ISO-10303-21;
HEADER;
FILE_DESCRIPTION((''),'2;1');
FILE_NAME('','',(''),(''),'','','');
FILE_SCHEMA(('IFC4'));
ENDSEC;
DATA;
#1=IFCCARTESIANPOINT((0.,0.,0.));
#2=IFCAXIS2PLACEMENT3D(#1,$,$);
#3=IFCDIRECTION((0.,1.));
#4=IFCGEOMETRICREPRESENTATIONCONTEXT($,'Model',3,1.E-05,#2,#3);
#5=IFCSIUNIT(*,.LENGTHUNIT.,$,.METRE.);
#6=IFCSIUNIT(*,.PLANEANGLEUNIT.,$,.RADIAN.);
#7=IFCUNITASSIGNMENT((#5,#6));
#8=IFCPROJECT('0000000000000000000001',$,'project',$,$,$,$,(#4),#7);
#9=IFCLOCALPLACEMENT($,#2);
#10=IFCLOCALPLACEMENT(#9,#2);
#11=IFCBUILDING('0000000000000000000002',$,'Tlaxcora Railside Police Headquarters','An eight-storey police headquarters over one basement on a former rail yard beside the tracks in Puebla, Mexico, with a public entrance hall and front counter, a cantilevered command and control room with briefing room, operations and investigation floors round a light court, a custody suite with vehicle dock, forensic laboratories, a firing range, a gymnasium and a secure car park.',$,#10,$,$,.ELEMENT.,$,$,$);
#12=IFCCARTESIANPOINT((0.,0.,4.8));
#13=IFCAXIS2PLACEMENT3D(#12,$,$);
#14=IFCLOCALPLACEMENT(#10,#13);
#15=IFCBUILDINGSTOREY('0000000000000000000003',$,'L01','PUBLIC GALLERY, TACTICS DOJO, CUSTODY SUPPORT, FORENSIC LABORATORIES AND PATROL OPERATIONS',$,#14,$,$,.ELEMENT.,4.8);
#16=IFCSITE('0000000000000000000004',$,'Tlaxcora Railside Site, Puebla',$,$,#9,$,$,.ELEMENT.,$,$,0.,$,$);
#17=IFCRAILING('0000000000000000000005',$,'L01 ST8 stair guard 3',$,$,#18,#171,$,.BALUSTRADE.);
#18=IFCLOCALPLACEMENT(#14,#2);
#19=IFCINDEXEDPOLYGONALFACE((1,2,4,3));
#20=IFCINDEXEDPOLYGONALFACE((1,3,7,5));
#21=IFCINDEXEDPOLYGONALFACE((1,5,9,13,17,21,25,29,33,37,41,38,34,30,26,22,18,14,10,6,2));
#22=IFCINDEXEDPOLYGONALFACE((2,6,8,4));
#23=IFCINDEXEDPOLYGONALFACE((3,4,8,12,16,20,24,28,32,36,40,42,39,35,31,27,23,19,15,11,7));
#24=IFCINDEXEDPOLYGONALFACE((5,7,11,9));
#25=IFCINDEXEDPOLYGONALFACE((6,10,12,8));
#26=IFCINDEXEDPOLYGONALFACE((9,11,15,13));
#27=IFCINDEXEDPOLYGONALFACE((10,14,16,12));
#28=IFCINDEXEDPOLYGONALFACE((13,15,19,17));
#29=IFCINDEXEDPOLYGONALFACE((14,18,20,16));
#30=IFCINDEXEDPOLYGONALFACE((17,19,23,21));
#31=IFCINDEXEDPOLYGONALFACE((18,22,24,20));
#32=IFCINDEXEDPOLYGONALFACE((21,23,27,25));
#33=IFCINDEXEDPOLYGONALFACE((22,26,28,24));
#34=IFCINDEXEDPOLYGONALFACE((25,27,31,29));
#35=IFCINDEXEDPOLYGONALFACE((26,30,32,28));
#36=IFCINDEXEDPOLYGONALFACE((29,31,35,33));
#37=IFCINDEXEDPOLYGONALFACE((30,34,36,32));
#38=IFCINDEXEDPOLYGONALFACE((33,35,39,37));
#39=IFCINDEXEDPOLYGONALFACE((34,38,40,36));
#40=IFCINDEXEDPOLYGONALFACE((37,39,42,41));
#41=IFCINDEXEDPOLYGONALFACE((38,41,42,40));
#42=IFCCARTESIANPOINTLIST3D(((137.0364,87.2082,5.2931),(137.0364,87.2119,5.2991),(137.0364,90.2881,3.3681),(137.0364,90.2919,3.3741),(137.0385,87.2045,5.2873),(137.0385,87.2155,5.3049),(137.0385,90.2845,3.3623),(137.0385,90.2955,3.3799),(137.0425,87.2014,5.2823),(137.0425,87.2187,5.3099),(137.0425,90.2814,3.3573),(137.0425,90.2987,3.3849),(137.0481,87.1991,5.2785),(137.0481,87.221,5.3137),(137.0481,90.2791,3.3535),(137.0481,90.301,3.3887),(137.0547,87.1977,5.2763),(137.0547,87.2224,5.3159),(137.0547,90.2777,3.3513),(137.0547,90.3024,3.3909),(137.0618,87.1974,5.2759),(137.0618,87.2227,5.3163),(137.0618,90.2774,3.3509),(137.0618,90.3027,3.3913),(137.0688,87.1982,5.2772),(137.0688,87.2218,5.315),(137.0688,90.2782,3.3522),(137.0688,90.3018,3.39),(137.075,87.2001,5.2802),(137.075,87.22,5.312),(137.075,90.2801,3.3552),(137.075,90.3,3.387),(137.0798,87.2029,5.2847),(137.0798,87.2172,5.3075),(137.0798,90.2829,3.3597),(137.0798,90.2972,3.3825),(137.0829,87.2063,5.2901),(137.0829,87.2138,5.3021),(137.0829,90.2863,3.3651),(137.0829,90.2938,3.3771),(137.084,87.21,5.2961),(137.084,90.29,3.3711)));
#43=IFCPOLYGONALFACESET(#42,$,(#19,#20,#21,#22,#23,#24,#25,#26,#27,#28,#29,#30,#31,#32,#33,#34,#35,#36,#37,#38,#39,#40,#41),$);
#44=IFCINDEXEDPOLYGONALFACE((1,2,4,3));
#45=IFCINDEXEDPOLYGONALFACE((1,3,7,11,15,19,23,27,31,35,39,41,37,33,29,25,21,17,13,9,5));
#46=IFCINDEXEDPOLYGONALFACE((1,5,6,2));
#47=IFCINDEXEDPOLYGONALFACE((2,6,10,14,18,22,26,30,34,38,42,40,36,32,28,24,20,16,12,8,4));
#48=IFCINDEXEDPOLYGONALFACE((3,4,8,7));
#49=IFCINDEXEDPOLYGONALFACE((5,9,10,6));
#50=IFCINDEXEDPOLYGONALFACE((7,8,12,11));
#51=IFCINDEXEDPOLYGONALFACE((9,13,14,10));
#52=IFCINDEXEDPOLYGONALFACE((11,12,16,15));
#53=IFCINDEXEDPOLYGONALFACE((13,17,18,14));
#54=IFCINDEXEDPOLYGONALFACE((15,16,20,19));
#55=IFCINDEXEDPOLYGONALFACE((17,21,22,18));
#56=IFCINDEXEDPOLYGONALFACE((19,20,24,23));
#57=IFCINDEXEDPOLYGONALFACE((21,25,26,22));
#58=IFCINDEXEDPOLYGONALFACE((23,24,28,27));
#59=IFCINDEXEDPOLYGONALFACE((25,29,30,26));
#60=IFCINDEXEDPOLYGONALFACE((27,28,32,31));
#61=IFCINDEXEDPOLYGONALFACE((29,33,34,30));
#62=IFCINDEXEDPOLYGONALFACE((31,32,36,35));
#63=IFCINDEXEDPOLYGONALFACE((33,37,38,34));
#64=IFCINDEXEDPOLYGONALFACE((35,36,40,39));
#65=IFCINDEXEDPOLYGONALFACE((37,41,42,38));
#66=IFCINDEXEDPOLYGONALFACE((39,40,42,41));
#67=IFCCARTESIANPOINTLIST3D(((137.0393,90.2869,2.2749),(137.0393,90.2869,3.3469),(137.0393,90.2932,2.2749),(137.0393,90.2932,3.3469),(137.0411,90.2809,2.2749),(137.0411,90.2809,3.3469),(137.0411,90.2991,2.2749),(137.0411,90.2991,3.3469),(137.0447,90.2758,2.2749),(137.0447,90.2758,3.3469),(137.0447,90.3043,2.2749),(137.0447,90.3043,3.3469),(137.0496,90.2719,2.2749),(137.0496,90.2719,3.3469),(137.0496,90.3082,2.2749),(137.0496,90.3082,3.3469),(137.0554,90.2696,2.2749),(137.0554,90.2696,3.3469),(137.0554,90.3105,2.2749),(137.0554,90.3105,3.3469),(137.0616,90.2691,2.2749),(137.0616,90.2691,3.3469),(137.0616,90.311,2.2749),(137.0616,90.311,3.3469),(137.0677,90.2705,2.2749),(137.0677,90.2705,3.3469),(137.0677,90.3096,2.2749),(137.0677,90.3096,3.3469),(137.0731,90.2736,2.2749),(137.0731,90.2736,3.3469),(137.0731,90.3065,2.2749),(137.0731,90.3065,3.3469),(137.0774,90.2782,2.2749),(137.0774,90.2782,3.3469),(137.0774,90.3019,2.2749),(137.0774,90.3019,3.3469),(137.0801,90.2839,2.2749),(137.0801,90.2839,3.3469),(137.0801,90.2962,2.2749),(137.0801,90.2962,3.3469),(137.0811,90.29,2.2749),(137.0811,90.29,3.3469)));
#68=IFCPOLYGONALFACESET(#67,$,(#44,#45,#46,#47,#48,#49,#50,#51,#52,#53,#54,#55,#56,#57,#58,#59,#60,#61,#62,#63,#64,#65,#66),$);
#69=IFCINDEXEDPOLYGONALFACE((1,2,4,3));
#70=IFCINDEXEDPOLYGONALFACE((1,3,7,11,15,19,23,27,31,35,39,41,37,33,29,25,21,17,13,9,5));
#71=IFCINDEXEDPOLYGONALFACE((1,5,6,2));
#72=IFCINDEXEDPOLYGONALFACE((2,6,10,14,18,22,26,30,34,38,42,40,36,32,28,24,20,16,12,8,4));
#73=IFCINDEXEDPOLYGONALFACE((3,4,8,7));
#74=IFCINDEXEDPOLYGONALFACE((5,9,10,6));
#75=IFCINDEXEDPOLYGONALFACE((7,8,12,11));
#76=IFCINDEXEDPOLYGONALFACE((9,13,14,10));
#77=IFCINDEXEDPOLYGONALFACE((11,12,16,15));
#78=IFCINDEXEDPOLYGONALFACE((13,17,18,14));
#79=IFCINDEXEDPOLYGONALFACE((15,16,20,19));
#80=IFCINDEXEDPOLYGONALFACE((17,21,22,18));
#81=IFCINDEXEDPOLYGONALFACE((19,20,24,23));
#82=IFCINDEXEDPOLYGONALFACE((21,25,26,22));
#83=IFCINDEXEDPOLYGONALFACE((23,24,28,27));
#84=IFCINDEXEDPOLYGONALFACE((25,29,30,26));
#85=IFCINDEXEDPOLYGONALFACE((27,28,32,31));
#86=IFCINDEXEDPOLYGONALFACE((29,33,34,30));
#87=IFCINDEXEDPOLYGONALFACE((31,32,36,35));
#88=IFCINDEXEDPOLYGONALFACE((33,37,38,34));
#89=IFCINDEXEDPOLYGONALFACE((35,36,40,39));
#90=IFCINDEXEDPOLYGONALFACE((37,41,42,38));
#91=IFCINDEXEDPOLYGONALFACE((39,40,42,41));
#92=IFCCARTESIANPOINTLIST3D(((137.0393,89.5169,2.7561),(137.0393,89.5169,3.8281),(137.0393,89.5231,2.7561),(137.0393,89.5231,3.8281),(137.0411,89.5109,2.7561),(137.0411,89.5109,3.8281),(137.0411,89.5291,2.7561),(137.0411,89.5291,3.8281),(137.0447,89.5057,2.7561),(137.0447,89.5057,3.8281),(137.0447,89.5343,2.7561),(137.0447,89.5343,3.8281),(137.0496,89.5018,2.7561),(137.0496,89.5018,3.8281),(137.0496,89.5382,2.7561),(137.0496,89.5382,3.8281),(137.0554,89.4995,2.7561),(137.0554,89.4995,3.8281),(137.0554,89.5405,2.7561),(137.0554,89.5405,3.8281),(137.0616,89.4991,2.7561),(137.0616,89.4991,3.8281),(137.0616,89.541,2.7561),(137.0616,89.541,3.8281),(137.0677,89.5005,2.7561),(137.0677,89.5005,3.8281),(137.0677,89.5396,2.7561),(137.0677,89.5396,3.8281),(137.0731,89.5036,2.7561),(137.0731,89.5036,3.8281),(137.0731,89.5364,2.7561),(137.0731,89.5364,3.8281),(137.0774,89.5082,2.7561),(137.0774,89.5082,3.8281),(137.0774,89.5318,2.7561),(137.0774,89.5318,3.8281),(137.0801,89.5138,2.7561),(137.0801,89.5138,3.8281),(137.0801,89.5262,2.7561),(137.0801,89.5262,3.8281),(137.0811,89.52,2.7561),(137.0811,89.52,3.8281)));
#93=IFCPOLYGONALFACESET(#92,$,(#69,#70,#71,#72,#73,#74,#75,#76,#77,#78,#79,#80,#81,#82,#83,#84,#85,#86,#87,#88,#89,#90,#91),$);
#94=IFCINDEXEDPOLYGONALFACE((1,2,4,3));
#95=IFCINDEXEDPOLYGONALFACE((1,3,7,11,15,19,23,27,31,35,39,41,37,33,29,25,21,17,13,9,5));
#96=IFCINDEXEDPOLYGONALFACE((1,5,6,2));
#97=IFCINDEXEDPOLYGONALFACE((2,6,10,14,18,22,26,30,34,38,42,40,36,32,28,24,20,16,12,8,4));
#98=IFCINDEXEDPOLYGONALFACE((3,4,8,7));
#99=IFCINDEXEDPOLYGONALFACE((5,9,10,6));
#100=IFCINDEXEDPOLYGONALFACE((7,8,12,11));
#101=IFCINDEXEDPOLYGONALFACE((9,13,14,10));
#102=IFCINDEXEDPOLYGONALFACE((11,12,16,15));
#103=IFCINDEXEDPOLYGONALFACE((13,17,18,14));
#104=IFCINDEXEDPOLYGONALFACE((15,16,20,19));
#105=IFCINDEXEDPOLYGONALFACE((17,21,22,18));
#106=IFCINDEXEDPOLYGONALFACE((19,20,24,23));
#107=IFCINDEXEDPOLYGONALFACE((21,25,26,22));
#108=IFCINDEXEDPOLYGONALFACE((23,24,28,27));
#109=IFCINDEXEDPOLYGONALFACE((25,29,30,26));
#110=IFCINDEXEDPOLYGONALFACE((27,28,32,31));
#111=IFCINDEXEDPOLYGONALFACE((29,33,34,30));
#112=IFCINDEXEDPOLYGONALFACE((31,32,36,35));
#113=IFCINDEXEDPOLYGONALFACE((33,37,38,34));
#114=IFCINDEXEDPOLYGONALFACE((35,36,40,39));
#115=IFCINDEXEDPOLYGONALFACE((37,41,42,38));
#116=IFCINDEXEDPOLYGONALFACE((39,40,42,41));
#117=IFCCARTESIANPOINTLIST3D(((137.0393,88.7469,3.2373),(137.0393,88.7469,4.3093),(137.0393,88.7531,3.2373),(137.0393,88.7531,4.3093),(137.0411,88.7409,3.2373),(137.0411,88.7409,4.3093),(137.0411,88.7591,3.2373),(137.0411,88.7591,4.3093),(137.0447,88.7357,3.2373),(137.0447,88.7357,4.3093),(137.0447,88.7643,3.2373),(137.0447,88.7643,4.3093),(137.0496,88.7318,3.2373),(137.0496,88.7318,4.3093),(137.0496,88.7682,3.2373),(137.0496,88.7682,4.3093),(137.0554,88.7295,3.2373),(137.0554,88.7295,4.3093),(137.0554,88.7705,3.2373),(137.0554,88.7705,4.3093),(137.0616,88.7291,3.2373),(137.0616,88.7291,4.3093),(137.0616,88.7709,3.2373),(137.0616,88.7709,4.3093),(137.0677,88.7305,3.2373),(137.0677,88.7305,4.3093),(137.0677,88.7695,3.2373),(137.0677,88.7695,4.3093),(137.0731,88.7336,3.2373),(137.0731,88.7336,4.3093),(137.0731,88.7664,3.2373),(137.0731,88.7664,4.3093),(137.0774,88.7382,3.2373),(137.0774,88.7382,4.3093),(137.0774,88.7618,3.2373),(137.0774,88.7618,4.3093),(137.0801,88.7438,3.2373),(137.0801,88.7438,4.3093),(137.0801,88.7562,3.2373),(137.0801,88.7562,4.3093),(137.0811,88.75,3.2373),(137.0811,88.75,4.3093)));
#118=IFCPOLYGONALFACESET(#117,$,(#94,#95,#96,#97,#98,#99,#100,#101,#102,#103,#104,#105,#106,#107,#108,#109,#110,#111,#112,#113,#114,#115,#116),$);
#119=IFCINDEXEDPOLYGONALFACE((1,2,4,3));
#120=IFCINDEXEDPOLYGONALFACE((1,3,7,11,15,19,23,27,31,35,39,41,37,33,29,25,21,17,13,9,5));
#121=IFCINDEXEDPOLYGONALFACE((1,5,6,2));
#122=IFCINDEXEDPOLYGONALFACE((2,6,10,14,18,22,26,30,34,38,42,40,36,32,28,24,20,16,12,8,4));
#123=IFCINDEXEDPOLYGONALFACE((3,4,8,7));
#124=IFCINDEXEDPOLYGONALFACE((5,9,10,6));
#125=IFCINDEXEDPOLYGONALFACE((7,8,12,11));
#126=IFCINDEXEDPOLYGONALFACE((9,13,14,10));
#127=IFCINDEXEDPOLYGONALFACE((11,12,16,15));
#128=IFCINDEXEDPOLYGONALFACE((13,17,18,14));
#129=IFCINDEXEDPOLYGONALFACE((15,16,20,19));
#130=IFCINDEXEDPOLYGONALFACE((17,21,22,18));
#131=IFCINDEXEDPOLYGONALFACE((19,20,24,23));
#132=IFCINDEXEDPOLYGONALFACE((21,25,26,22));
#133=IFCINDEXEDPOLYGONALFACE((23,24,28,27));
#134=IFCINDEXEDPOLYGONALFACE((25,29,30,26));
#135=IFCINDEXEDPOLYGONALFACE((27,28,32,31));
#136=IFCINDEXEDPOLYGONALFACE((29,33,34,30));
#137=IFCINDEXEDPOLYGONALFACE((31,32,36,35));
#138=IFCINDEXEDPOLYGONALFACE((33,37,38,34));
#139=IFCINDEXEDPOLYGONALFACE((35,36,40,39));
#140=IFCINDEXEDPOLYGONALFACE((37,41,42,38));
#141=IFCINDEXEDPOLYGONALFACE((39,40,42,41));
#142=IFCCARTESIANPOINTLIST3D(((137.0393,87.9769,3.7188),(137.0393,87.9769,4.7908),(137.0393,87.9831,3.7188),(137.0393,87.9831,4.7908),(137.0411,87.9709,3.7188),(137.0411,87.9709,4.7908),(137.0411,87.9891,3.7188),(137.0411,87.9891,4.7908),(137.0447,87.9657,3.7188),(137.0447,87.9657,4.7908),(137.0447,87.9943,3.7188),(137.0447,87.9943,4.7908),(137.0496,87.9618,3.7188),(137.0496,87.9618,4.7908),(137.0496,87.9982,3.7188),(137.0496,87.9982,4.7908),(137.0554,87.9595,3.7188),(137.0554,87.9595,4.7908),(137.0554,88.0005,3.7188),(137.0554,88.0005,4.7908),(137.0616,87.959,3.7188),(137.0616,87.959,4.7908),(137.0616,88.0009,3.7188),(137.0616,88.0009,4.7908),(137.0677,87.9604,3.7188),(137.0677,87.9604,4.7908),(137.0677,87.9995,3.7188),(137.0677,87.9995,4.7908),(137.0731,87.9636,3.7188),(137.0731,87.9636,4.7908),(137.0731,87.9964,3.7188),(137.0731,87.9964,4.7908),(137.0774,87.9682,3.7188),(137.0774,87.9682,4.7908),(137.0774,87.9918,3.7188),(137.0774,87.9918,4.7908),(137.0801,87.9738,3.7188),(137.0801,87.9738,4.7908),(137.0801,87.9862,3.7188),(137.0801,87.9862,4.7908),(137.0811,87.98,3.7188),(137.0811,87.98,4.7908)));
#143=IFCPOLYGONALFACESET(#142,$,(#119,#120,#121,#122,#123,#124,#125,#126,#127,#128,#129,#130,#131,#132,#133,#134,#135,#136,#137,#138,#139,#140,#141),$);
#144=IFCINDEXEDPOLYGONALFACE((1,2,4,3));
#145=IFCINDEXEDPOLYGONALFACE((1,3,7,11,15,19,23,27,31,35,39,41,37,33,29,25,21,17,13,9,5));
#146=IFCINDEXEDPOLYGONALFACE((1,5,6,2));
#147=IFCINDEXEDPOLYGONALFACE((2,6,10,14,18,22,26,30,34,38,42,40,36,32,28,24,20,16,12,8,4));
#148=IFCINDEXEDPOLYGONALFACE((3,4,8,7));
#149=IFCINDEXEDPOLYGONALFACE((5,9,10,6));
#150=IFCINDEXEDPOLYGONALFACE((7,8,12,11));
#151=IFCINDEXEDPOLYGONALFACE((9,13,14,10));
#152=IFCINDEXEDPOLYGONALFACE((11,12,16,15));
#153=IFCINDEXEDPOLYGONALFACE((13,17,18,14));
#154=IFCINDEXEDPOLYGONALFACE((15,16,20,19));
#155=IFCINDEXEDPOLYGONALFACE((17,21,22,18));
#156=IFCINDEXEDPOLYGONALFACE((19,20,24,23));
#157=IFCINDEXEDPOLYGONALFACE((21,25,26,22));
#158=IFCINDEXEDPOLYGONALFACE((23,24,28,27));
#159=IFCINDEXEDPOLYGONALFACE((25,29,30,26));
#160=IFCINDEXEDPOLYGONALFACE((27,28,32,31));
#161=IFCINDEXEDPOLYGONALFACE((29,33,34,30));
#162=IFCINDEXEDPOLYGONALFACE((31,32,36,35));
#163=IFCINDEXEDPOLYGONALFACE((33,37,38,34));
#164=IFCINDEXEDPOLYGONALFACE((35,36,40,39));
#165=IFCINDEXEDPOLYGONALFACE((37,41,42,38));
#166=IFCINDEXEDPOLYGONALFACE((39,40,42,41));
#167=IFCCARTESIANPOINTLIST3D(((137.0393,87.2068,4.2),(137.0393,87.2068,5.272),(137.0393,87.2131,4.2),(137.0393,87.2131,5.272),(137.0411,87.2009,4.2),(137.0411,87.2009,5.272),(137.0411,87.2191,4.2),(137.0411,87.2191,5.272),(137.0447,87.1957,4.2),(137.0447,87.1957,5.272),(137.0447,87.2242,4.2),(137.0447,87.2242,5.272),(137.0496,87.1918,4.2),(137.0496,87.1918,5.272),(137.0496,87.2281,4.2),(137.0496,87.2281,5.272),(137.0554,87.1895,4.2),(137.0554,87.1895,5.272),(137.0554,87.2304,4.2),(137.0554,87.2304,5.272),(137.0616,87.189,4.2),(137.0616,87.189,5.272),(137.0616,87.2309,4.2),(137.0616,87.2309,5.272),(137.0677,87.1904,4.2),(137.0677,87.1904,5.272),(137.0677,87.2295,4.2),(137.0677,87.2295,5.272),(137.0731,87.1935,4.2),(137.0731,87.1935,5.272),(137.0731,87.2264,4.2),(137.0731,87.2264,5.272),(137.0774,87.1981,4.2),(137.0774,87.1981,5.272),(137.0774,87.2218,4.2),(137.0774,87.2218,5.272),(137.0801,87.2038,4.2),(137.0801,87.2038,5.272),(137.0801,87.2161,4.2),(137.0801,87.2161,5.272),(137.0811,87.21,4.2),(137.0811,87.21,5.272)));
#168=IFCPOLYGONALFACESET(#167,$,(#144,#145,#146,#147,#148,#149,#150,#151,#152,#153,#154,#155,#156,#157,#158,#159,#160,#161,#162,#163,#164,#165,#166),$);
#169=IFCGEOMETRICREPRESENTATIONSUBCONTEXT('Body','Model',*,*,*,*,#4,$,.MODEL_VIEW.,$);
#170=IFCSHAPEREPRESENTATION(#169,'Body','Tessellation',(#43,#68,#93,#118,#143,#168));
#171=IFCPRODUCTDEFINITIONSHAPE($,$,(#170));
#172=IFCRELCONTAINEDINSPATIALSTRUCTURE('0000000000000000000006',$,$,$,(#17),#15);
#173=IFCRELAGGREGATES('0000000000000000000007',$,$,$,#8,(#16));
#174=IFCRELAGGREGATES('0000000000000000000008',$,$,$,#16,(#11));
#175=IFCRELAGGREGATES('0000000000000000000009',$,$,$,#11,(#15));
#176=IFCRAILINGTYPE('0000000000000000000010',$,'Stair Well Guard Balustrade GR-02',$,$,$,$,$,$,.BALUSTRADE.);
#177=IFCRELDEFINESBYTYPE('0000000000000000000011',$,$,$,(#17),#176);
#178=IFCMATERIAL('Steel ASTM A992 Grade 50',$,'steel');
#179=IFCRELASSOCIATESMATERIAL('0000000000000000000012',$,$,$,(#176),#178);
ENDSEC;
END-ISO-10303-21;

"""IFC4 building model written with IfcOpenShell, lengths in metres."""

from ifc_helpers import new_model, si_unit, direction, frame, origin, origin_2d, place, context, subcontext, project, spatial, circle, extrude, material, type_object, element, save


model = new_model("IFC4")

# Units and contexts
model_context = context("Model", 3, precision=1e-05, world=origin(), true_north=direction((0.0, 1.0)))
body_context = subcontext(model_context, "Body", "Model", "MODEL_VIEW")
ifc_project = project(units=[si_unit("LENGTHUNIT", "METRE"), si_unit("PLANEANGLEUNIT", "RADIAN")], contexts=[model_context])

# Site, building, storey
site_placement = place(None, origin())
site = spatial("IfcSite", under=ifc_project, at=site_placement, Name="Tlaxcora Railside Site, Puebla", CompositionType="ELEMENT", RefElevation=0.0)
building_placement = place(site_placement, origin())
building = spatial("IfcBuilding", under=site, at=building_placement, Name="Tlaxcora Railside Police Headquarters", Description="An eight-storey police headquarters over one basement on a former rail yard beside the tracks in Puebla, Mexico, with a public entrance hall and front counter, a cantilevered command and control room with briefing room, operations and investigation floors round a light court, a custody suite with vehicle dock, forensic laboratories, a firing range, a gymnasium and a secure car park.", CompositionType="ELEMENT")
storey_placement = place(building_placement, frame((0.0, 0.0, 4.8)))
storey = spatial("IfcBuildingStorey", under=building, at=storey_placement, Name="L01", Description="PUBLIC GALLERY, TACTICS DOJO, CUSTODY SUPPORT, FORENSIC LABORATORIES AND PATROL OPERATIONS", CompositionType="ELEMENT", Elevation=4.8)

# Shared definitions
ifc_material_1 = material(Name="Steel ASTM A992 Grade 50", Category="steel")

# Railing
railing_type_1 = type_object("IfcRailingType", Name="Stair Well Guard Balustrade GR-02", PredefinedType="BALUSTRADE", material=ifc_material_1)
railing_1_placement = place(storey_placement, frame((137.0601, 90.29, 2.2749)))
element("IfcRailing", 1, at=railing_1_placement, inside=storey, type_object=railing_type_1, Name="L01 ST8 stair guard 3", PredefinedType="BALUSTRADE", context=body_context, shape_type="SweptSolid", body=[
    extrude(circle(Radius=0.0239, at=origin_2d()), frame((0.0, 0.0, 1.0962), z_axis=(0.0, -0.847998, 0.529999), x_axis=(1.0, 0.0, 0.0)), (0.0, 0.0, 1.0), 3.6321),
    extrude(circle(Radius=0.021, at=origin_2d()), origin(), (0.0, 0.0, 1.0), 1.072),
    extrude(circle(Radius=0.021, at=origin_2d()), frame((0.0, -0.77, 0.4812)), (0.0, 0.0, 1.0), 1.072),
    extrude(circle(Radius=0.021, at=origin_2d()), frame((0.0, -1.54, 0.9624)), (0.0, 0.0, 1.0), 1.072),
    extrude(circle(Radius=0.021, at=origin_2d()), frame((0.0, -2.3101, 1.4438)), (0.0, 0.0, 1.0), 1.072),
    extrude(circle(Radius=0.021, at=origin_2d()), frame((0.0, -3.0801, 1.925)), (0.0, 0.0, 1.0), 1.072),
])

save(model, "model.ifc")
